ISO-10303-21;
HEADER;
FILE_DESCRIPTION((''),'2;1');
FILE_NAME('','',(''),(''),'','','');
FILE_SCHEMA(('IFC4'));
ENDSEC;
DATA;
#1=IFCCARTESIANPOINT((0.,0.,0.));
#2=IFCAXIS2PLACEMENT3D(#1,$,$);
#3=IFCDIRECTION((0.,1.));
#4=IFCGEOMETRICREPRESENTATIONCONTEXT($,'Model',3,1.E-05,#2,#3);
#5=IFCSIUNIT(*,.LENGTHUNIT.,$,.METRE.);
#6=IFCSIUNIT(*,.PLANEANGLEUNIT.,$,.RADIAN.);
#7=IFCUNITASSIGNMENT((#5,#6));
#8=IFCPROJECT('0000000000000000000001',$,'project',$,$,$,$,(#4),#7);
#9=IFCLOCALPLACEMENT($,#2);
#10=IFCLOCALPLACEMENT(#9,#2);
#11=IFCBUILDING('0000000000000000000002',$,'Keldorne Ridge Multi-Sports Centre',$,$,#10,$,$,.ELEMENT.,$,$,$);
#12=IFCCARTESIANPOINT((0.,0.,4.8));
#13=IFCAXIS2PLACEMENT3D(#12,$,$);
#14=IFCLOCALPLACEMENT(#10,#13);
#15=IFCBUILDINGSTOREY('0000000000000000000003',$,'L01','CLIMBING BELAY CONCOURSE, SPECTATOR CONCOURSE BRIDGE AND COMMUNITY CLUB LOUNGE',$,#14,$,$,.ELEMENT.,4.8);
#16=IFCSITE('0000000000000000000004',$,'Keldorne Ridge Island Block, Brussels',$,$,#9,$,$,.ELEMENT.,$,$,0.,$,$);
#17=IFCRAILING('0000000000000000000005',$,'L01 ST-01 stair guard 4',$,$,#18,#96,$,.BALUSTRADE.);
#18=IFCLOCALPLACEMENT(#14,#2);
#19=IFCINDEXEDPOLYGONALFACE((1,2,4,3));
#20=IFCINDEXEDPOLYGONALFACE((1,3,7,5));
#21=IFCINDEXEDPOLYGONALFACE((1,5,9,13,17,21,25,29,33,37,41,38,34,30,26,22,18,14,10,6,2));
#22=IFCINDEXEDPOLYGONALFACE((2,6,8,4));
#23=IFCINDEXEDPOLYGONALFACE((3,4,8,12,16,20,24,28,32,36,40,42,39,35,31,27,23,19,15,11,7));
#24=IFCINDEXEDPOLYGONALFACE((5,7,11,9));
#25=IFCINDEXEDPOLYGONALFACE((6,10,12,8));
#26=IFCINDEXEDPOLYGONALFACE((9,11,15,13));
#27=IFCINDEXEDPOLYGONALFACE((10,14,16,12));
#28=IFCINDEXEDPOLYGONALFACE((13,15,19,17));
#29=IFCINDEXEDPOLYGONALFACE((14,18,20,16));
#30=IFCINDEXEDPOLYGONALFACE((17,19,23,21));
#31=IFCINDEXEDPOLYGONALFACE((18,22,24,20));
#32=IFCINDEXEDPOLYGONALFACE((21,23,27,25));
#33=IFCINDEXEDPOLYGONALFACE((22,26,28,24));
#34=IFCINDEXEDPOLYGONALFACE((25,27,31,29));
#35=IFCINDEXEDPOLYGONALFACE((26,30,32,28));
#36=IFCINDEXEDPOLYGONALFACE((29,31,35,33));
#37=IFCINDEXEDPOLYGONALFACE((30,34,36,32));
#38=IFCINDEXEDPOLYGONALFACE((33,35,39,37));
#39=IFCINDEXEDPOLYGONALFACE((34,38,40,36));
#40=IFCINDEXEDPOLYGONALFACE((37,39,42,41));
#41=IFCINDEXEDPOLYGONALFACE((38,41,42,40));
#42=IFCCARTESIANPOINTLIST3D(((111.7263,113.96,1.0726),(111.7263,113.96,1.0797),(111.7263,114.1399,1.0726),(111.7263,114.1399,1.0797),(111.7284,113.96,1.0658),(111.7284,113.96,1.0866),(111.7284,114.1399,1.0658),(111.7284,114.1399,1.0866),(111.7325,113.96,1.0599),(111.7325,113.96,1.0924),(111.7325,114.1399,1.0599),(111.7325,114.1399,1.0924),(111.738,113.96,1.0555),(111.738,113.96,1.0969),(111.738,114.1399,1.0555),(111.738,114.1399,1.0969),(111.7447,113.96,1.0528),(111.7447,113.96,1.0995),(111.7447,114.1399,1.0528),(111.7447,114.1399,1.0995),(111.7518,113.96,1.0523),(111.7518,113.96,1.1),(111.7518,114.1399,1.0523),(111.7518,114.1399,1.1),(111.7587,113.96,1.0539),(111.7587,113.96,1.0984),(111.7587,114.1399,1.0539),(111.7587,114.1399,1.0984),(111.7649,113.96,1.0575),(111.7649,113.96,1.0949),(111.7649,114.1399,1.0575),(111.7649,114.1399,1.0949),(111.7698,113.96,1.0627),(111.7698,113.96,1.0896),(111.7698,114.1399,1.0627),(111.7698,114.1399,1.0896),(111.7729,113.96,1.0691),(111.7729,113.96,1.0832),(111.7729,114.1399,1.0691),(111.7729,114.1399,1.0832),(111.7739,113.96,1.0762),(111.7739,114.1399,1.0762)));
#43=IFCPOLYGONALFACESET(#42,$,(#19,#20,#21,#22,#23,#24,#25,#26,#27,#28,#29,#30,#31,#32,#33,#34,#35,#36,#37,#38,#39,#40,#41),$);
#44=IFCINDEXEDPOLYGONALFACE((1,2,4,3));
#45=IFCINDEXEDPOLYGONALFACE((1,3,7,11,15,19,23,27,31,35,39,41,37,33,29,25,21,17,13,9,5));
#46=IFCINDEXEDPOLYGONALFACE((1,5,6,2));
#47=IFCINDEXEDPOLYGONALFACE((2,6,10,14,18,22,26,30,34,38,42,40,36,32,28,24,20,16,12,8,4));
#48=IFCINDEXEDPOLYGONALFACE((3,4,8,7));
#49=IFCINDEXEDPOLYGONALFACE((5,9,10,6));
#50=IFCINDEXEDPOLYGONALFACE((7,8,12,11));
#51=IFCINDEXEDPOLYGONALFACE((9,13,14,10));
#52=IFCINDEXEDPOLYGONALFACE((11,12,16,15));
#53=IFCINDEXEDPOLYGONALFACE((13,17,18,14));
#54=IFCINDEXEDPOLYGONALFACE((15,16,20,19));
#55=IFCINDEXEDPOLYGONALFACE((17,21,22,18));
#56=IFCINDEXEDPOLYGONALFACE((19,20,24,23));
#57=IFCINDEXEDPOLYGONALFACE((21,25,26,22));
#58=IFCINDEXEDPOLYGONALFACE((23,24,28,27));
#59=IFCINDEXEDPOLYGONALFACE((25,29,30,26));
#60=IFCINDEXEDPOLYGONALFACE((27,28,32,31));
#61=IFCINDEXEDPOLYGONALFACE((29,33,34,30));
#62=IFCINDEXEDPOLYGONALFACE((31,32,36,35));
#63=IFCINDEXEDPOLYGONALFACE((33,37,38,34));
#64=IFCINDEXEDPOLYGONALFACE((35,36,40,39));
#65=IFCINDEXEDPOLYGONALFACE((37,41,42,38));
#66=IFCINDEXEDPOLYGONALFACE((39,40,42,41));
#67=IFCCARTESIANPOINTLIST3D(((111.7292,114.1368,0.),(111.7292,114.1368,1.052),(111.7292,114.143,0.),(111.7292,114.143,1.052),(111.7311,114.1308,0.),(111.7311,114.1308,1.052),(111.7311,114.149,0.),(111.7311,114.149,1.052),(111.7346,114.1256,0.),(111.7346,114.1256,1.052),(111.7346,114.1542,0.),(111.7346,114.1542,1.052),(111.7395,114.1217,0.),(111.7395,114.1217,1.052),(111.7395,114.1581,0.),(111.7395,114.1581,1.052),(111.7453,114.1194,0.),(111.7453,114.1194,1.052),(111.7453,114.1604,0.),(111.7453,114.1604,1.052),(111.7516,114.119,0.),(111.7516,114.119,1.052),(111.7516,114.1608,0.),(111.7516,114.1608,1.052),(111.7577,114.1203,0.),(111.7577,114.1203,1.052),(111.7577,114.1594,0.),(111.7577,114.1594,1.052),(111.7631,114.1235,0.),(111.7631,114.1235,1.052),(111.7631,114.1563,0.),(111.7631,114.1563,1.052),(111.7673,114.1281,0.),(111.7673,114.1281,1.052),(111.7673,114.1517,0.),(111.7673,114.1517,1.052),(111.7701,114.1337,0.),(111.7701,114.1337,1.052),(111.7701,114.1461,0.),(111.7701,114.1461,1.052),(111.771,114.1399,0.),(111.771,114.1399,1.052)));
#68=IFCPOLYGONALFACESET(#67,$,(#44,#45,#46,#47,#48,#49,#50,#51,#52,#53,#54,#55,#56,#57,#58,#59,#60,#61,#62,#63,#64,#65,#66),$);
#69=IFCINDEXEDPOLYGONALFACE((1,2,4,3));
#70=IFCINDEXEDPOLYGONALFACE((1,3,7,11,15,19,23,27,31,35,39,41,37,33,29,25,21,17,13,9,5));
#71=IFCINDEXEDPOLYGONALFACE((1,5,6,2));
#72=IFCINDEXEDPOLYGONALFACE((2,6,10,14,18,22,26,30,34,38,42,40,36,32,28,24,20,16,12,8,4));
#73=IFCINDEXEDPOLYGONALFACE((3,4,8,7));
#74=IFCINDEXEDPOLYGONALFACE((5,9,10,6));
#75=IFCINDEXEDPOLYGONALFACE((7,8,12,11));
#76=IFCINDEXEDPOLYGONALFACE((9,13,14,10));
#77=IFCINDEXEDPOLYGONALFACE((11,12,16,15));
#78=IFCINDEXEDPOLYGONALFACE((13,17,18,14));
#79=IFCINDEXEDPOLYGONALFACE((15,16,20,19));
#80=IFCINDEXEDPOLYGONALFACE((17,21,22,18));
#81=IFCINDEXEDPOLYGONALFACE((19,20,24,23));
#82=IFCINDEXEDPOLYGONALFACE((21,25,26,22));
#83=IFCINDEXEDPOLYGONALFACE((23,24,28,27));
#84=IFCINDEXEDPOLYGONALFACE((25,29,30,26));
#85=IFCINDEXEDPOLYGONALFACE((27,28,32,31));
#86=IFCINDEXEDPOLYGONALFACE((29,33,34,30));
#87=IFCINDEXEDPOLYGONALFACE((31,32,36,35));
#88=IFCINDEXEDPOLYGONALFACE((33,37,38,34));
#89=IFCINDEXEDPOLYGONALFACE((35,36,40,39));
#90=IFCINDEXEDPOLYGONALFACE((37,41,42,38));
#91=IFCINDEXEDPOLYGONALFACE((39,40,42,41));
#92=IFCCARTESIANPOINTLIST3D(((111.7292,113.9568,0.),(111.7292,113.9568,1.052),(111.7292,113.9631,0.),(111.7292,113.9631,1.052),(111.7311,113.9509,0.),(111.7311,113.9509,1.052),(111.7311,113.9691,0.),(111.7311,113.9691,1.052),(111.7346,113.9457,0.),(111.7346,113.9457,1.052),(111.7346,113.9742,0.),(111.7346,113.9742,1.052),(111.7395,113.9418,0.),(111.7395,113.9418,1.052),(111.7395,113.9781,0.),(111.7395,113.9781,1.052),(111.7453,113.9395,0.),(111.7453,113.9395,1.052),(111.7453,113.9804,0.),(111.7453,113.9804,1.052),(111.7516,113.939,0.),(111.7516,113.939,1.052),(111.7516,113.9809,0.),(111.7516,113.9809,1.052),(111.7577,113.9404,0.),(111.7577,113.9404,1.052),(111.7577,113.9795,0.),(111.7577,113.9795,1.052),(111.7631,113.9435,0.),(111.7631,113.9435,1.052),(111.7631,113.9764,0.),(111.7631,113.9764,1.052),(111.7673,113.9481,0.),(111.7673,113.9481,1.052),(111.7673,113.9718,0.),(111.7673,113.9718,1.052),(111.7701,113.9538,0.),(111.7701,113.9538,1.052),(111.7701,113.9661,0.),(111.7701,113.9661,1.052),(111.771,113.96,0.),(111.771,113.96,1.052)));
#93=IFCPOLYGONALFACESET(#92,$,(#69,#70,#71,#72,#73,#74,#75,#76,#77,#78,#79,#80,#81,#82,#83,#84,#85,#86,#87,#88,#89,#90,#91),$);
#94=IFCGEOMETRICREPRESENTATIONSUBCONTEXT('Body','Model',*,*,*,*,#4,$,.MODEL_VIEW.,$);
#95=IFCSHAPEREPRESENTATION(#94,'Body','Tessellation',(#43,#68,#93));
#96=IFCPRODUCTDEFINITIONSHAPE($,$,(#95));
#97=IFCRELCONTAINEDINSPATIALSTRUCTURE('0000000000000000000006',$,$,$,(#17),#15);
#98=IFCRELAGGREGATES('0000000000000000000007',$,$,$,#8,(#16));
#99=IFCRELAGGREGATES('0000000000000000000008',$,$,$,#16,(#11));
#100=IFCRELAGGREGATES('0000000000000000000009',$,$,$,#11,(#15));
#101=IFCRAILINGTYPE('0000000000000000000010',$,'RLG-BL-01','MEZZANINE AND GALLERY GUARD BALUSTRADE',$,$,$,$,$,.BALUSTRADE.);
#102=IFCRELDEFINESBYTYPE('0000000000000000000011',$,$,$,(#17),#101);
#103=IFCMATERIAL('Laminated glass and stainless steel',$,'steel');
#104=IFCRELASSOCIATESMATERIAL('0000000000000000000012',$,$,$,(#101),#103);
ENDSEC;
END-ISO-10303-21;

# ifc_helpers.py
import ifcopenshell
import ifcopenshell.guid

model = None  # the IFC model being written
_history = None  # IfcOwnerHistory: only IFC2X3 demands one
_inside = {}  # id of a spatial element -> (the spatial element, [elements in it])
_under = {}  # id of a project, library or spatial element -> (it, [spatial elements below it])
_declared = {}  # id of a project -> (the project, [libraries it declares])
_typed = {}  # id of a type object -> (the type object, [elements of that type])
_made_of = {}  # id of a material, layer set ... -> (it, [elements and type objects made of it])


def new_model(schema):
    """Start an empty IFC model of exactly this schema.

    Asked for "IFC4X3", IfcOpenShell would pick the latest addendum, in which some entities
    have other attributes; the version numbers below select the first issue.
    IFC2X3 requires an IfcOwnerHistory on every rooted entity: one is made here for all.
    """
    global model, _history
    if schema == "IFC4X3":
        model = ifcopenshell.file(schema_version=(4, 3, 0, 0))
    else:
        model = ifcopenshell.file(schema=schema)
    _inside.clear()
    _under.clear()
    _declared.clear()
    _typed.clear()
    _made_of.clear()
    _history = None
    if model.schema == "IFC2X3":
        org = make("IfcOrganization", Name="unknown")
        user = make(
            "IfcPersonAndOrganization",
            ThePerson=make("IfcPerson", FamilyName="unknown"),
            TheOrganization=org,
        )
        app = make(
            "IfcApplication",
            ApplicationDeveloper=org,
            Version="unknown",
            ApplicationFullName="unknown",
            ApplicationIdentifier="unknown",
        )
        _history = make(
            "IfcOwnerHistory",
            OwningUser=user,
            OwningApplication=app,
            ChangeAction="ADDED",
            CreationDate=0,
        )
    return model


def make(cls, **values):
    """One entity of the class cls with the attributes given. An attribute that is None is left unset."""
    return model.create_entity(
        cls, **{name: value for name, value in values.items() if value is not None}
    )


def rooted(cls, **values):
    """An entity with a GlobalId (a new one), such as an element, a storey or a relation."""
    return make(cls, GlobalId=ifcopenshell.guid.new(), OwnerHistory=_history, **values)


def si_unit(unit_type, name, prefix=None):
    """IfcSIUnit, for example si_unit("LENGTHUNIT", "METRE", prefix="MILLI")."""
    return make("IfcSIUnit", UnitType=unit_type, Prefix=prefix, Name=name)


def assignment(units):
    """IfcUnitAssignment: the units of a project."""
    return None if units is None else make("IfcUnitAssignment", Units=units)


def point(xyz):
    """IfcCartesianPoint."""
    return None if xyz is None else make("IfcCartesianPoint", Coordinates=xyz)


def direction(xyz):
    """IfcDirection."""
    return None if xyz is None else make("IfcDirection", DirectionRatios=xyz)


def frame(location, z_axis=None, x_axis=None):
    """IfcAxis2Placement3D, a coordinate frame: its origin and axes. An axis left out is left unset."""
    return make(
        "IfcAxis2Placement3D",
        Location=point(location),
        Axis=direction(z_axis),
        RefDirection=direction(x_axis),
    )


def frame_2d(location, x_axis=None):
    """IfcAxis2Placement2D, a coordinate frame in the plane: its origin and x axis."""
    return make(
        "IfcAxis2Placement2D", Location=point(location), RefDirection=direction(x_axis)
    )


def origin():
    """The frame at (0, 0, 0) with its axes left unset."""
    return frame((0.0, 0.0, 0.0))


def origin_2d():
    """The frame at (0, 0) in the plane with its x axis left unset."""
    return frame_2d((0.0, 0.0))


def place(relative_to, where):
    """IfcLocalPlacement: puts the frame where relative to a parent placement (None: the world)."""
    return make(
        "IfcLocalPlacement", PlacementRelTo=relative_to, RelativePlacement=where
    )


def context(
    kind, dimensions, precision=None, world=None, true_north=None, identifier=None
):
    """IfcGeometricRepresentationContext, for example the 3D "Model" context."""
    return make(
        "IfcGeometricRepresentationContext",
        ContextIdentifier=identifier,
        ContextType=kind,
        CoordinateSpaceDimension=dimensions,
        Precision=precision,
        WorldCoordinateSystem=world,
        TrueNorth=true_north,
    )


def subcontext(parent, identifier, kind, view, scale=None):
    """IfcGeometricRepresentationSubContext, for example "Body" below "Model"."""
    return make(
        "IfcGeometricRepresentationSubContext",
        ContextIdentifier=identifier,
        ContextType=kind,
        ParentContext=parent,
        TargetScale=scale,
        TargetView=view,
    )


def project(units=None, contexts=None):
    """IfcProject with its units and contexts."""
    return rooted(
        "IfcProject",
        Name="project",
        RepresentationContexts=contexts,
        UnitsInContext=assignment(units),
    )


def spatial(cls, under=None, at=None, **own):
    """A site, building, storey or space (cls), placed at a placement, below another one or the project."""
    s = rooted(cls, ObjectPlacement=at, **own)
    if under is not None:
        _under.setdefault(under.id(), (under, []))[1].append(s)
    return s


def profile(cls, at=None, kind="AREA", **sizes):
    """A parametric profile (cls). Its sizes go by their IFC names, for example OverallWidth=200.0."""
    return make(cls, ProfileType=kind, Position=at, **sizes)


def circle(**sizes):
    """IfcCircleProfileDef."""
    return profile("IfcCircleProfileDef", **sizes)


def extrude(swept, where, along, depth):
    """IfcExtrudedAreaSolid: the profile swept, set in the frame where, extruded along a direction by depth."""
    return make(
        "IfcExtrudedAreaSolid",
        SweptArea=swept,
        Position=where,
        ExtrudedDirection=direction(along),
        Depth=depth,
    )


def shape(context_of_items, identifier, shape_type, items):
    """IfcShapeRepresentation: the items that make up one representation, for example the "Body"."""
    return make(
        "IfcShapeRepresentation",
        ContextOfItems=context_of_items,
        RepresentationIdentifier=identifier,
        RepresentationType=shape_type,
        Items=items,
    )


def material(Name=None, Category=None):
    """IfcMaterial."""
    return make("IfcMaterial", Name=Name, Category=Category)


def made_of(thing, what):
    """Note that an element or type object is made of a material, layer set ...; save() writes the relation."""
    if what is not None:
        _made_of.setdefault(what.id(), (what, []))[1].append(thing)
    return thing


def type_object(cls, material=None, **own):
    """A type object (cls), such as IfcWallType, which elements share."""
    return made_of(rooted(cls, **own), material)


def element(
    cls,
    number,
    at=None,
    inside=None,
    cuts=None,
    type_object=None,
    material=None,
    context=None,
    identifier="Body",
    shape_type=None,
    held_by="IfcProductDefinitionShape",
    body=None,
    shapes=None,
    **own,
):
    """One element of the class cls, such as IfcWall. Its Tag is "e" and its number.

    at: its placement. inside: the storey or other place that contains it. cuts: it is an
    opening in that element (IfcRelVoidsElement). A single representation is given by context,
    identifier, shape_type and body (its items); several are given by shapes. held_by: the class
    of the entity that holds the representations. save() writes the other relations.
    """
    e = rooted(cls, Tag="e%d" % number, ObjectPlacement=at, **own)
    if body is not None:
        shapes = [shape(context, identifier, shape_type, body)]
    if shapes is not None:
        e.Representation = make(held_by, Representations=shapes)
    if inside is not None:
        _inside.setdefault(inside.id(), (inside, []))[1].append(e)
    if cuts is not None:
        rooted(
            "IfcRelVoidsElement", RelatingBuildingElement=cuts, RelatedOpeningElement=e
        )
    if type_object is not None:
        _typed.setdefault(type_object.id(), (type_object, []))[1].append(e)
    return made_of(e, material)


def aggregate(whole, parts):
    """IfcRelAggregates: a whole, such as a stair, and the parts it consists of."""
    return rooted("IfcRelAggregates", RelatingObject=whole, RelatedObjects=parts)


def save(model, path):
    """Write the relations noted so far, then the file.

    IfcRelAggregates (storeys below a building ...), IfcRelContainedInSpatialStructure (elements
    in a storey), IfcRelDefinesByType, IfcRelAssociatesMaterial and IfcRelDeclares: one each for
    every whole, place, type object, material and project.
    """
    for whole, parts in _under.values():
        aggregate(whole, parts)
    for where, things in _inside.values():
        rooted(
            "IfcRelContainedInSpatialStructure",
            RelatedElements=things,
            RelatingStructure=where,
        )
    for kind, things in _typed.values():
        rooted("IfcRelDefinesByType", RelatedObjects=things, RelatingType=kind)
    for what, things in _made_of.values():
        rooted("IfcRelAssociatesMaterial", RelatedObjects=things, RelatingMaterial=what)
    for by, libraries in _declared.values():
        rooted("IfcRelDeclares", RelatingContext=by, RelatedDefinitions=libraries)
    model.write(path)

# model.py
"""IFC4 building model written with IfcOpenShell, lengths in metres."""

from ifc_helpers import new_model, si_unit, direction, frame, origin, origin_2d, place, context, subcontext, project, spatial, circle, extrude, material, type_object, element, save


model = new_model("IFC4")

# Units and contexts
model_context = context("Model", 3, precision=1e-05, world=origin(), true_north=direction((0.0, 1.0)))
body_context = subcontext(model_context, "Body", "Model", "MODEL_VIEW")
ifc_project = project(units=[si_unit("LENGTHUNIT", "METRE"), si_unit("PLANEANGLEUNIT", "RADIAN")], contexts=[model_context])

# Site, building, storey
site_placement = place(None, origin())
site = spatial("IfcSite", under=ifc_project, at=site_placement, Name="Keldorne Ridge Island Block, Brussels", CompositionType="ELEMENT", RefElevation=0.0)
building_placement = place(site_placement, origin())
building = spatial("IfcBuilding", under=site, at=building_placement, Name="Keldorne Ridge Multi-Sports Centre", CompositionType="ELEMENT")
storey_placement = place(building_placement, frame((0.0, 0.0, 4.8)))
storey = spatial("IfcBuildingStorey", under=building, at=storey_placement, Name="L01", Description="CLIMBING BELAY CONCOURSE, SPECTATOR CONCOURSE BRIDGE AND COMMUNITY CLUB LOUNGE", CompositionType="ELEMENT", Elevation=4.8)

# Railing
ifc_material_1 = material(Name="Laminated glass and stainless steel", Category="steel")
railing_type_1 = type_object("IfcRailingType", Name="RLG-BL-01", Description="MEZZANINE AND GALLERY GUARD BALUSTRADE", PredefinedType="BALUSTRADE", material=ifc_material_1)
railing_1_placement = place(storey_placement, frame((111.75, 114.1399, 0.0)))
element("IfcRailing", 1, at=railing_1_placement, inside=storey, type_object=railing_type_1, Name="L01 ST-01 stair guard 4", PredefinedType="BALUSTRADE", context=body_context, shape_type="SweptSolid", body=[
    extrude(circle(Radius=0.0239, at=origin_2d()), frame((0.0, 0.0, 1.0762), z_axis=(0.0, -1.0, 0.0), x_axis=(1.0, 0.0, 0.0)), (0.0, 0.0, 1.0), 0.1799),
    extrude(circle(Radius=0.021, at=origin_2d()), origin(), (0.0, 0.0, 1.0), 1.052),
    extrude(circle(Radius=0.021, at=origin_2d()), frame((0.0, -0.1799, 0.0)), (0.0, 0.0, 1.0), 1.052),
])

save(model, "model.ifc")
